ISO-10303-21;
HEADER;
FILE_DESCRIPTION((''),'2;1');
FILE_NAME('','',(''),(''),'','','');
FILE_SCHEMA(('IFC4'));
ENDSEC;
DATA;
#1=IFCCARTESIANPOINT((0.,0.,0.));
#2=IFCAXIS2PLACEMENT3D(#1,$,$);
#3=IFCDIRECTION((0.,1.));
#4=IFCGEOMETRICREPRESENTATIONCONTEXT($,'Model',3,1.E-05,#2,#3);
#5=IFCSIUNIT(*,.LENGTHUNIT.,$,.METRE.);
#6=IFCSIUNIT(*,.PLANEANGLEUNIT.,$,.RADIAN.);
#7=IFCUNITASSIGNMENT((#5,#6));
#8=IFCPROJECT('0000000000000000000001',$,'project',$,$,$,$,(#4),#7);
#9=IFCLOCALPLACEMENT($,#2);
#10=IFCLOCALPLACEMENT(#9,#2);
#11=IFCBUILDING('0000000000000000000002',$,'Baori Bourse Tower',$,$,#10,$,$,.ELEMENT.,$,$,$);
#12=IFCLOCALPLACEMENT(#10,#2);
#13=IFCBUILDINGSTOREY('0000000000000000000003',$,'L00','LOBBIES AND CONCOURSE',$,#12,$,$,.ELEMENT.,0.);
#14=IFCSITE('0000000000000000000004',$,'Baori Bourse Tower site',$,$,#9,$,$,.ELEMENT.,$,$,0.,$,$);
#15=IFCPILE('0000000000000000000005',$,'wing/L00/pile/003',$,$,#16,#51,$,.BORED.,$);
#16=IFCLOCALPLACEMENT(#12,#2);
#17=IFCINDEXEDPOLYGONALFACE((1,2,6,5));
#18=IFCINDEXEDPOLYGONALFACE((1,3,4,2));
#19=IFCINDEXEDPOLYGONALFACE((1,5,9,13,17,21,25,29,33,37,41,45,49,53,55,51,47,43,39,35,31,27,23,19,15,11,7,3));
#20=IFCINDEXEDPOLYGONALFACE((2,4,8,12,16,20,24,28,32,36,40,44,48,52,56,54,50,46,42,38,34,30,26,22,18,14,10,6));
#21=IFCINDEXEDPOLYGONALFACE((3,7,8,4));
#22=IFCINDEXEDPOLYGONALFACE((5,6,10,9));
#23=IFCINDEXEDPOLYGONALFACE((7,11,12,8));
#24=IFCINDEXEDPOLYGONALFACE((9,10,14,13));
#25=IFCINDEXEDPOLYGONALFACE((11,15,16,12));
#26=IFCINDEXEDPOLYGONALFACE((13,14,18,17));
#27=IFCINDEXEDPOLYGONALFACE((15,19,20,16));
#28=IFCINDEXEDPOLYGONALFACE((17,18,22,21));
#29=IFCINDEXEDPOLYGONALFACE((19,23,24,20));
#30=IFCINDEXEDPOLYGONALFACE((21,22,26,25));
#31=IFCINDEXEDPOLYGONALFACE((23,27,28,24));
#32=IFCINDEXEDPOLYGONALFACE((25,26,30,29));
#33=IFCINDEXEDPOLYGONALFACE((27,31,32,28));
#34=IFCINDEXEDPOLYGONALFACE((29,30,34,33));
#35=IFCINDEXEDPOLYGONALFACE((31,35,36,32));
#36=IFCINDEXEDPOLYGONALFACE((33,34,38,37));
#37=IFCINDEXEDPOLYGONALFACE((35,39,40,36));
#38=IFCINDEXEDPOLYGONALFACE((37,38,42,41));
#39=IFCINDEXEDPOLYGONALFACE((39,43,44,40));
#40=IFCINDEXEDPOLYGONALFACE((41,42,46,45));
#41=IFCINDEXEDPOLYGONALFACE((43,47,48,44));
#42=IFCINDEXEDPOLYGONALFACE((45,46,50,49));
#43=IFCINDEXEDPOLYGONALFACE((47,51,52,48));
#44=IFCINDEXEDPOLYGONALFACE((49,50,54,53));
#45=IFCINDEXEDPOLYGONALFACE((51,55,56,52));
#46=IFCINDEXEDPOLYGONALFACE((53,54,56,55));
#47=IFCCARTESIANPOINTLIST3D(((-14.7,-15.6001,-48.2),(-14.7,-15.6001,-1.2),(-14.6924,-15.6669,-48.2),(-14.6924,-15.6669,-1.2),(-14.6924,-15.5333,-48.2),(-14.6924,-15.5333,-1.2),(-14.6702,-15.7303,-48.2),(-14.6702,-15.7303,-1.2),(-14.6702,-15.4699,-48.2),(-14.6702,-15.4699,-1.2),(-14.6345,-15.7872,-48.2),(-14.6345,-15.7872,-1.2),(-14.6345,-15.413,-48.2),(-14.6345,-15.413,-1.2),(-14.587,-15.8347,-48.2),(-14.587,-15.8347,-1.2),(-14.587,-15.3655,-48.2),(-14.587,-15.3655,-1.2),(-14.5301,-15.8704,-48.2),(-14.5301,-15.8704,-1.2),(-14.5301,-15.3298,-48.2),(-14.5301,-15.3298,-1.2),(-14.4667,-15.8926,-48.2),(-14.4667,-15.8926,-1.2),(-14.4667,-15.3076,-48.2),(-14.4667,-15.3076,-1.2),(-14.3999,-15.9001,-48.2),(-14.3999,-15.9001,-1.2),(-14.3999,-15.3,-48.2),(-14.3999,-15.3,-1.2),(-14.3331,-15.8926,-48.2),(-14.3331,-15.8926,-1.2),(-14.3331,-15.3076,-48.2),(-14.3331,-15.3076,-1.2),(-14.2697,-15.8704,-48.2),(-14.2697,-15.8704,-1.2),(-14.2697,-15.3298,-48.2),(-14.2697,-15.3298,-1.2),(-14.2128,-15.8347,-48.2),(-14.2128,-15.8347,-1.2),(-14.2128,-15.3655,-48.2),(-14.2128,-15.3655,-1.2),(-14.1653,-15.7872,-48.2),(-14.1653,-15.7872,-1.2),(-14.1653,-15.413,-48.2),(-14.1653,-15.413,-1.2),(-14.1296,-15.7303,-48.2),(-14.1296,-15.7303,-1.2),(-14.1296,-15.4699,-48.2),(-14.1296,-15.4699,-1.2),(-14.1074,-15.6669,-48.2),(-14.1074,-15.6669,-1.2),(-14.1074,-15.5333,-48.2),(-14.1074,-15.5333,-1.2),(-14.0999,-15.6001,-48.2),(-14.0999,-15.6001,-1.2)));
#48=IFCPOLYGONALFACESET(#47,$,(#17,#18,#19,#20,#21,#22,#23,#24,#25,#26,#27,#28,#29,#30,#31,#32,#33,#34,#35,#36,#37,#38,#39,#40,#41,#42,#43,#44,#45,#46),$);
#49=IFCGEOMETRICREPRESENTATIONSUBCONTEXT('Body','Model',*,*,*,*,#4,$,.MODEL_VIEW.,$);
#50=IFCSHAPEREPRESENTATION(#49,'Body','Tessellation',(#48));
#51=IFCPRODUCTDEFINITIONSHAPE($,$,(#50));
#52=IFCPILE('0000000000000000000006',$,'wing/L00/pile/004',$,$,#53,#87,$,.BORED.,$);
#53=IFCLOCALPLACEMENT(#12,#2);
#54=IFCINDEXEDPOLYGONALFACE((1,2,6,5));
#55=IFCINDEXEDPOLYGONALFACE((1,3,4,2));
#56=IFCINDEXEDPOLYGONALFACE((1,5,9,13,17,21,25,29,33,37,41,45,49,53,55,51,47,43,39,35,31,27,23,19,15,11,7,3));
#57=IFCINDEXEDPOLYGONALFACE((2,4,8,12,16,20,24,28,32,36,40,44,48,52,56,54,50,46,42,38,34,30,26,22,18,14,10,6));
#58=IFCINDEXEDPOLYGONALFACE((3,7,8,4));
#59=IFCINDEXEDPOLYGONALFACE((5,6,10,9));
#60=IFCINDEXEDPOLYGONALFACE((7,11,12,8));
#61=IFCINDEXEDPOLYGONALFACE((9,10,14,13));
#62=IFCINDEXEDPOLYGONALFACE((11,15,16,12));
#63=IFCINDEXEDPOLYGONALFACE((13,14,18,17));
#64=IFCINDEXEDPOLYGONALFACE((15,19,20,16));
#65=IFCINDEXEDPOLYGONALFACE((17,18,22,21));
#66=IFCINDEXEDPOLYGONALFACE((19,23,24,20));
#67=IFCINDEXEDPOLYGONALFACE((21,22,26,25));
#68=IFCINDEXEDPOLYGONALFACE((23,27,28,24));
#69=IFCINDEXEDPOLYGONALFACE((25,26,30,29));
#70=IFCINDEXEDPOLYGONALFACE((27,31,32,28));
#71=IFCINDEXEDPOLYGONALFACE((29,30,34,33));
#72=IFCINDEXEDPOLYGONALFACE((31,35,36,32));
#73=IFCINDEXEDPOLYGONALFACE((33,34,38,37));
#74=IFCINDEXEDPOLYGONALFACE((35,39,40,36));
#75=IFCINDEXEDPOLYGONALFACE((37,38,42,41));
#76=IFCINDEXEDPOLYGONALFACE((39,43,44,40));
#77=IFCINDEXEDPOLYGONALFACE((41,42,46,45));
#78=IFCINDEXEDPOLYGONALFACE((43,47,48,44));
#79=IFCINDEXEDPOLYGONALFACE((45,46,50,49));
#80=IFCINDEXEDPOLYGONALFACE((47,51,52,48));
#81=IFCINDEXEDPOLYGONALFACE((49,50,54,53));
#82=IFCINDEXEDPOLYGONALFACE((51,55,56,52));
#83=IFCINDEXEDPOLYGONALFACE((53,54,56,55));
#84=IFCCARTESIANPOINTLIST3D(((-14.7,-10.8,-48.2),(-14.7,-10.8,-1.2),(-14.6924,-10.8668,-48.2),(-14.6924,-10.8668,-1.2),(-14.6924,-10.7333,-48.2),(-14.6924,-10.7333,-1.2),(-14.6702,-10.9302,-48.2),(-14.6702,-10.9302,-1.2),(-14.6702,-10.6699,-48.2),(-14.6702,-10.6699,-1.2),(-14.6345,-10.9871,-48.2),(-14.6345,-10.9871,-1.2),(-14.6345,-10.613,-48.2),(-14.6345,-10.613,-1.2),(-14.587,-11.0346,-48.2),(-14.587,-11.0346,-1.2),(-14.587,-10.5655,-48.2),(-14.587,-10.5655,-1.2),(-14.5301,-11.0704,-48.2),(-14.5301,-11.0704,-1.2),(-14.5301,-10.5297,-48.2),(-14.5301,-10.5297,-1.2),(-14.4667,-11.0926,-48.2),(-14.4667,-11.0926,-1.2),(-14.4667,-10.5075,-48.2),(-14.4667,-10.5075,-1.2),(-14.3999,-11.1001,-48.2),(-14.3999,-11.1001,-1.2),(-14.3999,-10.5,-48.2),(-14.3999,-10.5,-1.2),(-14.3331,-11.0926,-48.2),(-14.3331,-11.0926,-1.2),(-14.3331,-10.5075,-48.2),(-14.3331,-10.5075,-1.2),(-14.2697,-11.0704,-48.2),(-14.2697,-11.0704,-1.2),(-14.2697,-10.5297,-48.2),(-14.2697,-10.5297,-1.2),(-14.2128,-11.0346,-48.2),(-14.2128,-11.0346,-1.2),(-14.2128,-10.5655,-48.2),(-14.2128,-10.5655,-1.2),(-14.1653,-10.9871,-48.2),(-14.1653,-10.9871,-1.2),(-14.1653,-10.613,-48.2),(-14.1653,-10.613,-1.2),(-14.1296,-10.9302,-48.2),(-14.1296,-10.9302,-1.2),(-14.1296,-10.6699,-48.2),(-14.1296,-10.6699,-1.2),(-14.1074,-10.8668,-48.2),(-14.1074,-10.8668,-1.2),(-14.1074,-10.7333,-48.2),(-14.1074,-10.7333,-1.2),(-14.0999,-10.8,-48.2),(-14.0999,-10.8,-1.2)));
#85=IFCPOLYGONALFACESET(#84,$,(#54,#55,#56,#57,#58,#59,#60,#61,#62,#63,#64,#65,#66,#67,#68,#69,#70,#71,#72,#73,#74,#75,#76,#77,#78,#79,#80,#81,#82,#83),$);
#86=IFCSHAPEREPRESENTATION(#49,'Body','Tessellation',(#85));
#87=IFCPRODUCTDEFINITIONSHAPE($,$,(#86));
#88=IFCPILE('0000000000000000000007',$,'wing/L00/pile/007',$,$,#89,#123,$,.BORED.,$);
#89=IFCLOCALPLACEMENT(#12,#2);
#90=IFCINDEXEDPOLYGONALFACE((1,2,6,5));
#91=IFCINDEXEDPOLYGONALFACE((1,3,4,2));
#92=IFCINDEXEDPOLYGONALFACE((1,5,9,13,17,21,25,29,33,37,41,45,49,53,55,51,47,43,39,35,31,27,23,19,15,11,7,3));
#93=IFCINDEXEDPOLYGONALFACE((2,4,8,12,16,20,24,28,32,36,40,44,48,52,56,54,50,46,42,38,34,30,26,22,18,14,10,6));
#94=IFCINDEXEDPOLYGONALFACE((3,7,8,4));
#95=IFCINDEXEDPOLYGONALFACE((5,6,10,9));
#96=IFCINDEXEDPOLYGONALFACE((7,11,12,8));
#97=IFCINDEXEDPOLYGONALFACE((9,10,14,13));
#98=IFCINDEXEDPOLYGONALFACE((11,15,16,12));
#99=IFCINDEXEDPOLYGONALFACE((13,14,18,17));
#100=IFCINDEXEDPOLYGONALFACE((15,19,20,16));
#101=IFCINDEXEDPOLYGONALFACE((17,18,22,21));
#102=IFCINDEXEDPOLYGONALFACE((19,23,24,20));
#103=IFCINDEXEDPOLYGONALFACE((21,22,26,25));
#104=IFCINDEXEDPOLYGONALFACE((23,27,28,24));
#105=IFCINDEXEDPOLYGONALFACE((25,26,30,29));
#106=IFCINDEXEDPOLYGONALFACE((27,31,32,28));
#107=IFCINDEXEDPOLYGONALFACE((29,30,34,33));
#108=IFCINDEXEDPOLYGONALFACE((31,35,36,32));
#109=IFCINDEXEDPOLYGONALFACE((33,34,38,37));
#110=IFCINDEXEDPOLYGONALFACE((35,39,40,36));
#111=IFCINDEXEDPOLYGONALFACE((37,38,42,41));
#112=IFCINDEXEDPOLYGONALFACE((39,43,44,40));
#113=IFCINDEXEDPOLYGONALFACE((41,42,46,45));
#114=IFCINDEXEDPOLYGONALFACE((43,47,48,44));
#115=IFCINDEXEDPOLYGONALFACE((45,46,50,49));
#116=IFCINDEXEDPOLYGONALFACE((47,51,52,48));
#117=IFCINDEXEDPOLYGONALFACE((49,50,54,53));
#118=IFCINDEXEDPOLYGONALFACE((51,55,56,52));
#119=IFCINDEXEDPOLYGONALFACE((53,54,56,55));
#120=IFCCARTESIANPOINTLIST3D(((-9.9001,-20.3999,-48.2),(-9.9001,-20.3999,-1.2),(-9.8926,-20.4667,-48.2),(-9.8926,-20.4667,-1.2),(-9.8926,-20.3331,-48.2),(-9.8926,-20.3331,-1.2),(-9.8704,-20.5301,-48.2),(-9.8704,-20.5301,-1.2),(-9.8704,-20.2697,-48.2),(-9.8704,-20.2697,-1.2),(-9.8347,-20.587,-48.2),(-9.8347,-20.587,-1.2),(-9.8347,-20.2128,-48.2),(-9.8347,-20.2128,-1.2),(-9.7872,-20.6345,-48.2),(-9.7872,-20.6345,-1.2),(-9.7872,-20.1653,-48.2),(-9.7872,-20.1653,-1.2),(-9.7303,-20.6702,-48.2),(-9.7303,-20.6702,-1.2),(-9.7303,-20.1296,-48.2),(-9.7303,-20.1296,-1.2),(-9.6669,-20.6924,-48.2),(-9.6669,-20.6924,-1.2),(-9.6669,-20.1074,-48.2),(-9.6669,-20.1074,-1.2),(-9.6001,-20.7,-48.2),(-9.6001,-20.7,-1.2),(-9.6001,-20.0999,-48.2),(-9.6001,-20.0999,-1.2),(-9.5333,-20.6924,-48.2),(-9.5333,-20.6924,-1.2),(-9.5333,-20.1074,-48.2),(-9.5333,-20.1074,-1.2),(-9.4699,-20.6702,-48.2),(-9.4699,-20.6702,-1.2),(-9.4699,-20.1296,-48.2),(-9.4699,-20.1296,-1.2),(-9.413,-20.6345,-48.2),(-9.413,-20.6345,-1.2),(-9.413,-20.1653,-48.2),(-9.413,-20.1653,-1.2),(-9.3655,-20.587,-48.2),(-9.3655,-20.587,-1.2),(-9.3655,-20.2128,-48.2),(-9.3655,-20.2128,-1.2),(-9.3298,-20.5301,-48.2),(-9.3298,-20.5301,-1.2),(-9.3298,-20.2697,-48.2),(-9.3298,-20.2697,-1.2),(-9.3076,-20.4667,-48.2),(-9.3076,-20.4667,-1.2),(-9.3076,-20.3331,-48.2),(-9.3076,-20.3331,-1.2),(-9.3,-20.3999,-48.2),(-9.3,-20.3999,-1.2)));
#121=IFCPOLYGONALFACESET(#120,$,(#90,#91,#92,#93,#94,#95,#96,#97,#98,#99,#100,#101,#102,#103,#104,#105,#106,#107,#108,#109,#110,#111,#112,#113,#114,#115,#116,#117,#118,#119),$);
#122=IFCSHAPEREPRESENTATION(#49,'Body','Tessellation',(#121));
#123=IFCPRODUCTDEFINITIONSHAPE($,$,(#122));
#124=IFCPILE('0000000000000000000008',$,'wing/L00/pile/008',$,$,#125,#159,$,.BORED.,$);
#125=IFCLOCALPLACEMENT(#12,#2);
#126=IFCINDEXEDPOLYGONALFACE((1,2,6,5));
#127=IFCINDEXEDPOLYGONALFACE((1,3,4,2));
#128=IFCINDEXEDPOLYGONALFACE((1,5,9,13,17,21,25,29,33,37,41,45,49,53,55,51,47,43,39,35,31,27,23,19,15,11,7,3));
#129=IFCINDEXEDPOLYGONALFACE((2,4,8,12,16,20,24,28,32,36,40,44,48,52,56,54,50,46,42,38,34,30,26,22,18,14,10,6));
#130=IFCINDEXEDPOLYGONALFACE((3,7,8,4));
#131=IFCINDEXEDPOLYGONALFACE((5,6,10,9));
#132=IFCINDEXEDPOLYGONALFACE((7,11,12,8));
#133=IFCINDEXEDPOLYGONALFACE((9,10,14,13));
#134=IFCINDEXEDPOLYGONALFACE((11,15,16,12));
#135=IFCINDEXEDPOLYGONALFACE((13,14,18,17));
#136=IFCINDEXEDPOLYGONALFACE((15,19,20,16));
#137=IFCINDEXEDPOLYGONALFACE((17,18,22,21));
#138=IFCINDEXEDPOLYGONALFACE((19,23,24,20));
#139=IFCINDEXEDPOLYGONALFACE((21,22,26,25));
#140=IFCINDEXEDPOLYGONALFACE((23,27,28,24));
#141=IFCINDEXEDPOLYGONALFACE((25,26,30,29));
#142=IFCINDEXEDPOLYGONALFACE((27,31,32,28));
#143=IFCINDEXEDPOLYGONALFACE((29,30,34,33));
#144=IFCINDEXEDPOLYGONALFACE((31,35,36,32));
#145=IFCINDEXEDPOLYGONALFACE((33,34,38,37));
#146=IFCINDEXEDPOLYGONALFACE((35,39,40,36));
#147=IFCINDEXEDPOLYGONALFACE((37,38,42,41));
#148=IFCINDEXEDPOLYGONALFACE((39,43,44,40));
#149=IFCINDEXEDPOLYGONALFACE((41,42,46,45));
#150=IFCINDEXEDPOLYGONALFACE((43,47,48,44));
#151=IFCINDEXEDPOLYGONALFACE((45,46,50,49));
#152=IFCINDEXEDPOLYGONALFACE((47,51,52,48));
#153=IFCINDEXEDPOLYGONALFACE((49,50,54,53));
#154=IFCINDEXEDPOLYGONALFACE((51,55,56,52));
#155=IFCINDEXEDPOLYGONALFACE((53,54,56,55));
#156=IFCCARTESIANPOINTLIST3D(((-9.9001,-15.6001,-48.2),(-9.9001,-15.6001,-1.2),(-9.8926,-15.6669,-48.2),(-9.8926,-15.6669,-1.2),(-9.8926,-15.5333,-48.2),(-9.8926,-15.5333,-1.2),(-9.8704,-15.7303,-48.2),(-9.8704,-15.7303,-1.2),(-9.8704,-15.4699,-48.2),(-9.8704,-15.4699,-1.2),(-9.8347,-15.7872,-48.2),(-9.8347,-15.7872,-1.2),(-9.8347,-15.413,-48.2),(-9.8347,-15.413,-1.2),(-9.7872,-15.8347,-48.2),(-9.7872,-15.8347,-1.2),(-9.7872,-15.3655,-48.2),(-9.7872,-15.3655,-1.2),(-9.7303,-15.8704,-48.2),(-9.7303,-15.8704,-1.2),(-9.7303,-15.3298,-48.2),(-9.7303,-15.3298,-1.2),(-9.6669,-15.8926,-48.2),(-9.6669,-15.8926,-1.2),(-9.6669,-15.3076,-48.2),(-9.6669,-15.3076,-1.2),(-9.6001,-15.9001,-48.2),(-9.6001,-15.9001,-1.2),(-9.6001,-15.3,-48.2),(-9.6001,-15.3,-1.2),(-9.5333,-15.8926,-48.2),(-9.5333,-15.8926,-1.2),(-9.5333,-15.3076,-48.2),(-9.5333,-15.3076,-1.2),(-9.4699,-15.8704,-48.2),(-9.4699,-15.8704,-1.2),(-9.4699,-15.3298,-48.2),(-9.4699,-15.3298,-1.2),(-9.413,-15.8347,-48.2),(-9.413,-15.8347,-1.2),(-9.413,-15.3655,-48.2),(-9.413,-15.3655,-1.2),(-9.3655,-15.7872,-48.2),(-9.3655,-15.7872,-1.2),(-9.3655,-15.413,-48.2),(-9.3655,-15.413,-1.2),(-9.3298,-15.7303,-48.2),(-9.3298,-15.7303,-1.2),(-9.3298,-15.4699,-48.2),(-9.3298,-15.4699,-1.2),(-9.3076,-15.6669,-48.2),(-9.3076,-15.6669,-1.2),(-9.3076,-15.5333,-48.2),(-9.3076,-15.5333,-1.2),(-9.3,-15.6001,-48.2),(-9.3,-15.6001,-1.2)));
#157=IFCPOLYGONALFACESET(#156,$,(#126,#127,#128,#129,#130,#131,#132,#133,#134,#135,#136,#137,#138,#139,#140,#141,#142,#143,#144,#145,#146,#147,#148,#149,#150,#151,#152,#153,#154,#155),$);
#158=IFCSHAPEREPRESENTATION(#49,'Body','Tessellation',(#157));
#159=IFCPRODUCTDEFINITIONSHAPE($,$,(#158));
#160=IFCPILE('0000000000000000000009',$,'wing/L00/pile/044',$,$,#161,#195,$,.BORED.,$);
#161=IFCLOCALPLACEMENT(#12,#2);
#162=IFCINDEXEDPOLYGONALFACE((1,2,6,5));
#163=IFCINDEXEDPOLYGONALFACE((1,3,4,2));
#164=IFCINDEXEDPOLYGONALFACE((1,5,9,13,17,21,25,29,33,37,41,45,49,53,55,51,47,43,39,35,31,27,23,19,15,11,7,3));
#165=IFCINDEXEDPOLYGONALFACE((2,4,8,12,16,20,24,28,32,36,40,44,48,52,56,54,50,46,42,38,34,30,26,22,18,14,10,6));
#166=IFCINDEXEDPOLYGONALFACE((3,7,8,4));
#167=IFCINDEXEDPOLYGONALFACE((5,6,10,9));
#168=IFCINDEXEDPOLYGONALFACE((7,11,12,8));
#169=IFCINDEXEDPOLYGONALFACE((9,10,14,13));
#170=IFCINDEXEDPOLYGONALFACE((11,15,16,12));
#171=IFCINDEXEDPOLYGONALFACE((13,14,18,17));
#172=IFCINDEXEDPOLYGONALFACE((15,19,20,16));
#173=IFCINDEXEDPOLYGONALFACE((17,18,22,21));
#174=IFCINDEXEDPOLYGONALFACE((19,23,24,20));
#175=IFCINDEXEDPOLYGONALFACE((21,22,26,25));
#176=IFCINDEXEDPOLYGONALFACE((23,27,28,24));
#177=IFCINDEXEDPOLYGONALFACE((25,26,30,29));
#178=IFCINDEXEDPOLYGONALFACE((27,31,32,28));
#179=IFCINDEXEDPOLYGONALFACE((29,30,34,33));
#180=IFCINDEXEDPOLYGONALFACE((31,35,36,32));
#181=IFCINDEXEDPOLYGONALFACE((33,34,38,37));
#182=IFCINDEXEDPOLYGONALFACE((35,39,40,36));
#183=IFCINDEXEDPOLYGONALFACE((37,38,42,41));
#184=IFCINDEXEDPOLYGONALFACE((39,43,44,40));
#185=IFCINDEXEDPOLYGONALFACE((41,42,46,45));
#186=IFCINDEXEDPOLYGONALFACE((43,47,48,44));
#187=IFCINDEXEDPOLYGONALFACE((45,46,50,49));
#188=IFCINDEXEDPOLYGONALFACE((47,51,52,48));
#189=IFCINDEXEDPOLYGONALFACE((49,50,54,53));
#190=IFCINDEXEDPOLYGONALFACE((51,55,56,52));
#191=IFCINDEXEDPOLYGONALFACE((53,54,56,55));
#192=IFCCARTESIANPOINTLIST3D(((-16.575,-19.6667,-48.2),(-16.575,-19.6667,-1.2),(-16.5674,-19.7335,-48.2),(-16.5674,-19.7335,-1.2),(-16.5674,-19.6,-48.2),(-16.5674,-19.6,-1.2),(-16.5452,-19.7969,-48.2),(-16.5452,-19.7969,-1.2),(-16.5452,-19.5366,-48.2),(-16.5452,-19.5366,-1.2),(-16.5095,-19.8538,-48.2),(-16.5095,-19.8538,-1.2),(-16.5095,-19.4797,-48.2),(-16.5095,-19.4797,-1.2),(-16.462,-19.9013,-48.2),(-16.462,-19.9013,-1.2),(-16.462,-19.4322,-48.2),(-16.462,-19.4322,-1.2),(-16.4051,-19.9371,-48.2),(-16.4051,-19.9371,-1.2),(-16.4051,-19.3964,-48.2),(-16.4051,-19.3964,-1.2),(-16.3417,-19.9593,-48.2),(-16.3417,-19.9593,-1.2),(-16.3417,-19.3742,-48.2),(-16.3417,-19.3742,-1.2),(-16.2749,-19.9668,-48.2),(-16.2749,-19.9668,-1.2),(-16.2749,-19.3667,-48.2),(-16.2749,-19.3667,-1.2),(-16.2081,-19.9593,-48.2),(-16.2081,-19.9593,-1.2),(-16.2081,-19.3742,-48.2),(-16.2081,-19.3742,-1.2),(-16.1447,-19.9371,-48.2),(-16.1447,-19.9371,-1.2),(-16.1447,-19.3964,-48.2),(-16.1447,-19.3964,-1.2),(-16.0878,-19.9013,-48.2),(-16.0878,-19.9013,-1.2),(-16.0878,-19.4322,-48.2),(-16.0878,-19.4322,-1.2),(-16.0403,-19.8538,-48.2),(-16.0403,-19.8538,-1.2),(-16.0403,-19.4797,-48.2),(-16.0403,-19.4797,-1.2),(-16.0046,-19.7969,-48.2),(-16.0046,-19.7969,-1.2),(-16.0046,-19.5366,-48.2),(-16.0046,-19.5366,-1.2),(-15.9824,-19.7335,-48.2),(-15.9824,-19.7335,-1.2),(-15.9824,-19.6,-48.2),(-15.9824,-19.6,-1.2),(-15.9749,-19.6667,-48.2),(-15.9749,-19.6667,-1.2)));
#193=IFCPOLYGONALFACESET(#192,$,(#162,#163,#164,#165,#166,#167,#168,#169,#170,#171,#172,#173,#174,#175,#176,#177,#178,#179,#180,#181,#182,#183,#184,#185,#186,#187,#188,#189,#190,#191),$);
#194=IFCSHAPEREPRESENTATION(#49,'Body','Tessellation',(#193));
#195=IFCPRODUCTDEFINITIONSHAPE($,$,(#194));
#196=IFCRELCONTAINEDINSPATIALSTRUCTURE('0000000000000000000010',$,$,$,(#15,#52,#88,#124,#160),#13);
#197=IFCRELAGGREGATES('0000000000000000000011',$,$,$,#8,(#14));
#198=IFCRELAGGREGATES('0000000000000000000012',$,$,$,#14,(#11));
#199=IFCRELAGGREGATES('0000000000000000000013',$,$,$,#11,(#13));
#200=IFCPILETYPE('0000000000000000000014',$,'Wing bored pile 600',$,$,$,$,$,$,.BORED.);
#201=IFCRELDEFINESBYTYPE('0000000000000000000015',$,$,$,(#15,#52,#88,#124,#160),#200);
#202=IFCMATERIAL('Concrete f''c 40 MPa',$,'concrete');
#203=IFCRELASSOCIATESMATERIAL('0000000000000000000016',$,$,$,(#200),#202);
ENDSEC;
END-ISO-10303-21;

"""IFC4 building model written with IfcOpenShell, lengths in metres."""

from ifc_helpers import new_model, si_unit, direction, frame, origin, origin_2d, place, context, subcontext, project, spatial, circle, extrude, material, material_profile, profile_set, type_object, element, save


model = new_model("IFC4")

# Units and contexts
model_context = context("Model", 3, precision=1e-05, world=origin(), true_north=direction((0.0, 1.0)))
body_context = subcontext(model_context, "Body", "Model", "MODEL_VIEW")
ifc_project = project(units=[si_unit("LENGTHUNIT", "METRE"), si_unit("PLANEANGLEUNIT", "RADIAN")], contexts=[model_context])

# Site, building, storey
site_placement = place(None, origin())
site = spatial("IfcSite", under=ifc_project, at=site_placement, Name="Baori Bourse Tower site", CompositionType="ELEMENT", RefElevation=0.0)
building_placement = place(site_placement, origin())
building = spatial("IfcBuilding", under=site, at=building_placement, Name="Baori Bourse Tower", CompositionType="ELEMENT")
storey_placement = place(building_placement, origin())
storey = spatial("IfcBuildingStorey", under=building, at=storey_placement, Name="L00", Description="LOBBIES AND CONCOURSE", CompositionType="ELEMENT", Elevation=0.0)

# Piles
ifc_material_1 = material(Name="Concrete f'c 40 MPa", Category="concrete")
ifc_material_profile_1 = material_profile(ifc_material_1, circle(Radius=0.3, at=origin_2d()), Name="Wing bored pile 600")
ifc_profile_set_1 = profile_set([ifc_material_profile_1], Name="Concrete f'c 40 MPa")
pile_type = type_object("IfcPileType", Name="Wing bored pile 600", PredefinedType="BORED", material=ifc_profile_set_1)
for number, where, z_axis, x_axis, name in (
    (1, (-14.3999, -15.6001, -1.2), (0.0, 0.0, -1.0), (1.0, 0.0, 0.0), "wing/L00/pile/003"),
    (2, (-14.3999, -10.8, -1.2), (0.0, 0.0, -1.0), (1.0, 0.0, 0.0), "wing/L00/pile/004"),
    (3, (-9.6001, -20.3999, -1.2), (0.0, 0.0, -1.0), (1.0, 0.0, 0.0), "wing/L00/pile/007"),
    (4, (-9.6001, -15.6001, -1.2), (0.0, 0.0, -1.0), (1.0, 0.0, 0.0), "wing/L00/pile/008"),
    (5, (-16.2749, -19.6667, -1.2), (0.0, 0.0, -1.0), (1.0, 0.0, 0.0), "wing/L00/pile/044"),
):
    element("IfcPile", number, at=place(storey_placement, frame(where, z_axis=z_axis, x_axis=x_axis)), inside=storey, type_object=pile_type, Name=name, PredefinedType="BORED", context=body_context, shape_type="SweptSolid", body=[
        extrude(circle(Radius=0.3, at=origin_2d()), origin(), (0.0, 0.0, 1.0), 47.0),
    ])

save(model, "model.ifc")
